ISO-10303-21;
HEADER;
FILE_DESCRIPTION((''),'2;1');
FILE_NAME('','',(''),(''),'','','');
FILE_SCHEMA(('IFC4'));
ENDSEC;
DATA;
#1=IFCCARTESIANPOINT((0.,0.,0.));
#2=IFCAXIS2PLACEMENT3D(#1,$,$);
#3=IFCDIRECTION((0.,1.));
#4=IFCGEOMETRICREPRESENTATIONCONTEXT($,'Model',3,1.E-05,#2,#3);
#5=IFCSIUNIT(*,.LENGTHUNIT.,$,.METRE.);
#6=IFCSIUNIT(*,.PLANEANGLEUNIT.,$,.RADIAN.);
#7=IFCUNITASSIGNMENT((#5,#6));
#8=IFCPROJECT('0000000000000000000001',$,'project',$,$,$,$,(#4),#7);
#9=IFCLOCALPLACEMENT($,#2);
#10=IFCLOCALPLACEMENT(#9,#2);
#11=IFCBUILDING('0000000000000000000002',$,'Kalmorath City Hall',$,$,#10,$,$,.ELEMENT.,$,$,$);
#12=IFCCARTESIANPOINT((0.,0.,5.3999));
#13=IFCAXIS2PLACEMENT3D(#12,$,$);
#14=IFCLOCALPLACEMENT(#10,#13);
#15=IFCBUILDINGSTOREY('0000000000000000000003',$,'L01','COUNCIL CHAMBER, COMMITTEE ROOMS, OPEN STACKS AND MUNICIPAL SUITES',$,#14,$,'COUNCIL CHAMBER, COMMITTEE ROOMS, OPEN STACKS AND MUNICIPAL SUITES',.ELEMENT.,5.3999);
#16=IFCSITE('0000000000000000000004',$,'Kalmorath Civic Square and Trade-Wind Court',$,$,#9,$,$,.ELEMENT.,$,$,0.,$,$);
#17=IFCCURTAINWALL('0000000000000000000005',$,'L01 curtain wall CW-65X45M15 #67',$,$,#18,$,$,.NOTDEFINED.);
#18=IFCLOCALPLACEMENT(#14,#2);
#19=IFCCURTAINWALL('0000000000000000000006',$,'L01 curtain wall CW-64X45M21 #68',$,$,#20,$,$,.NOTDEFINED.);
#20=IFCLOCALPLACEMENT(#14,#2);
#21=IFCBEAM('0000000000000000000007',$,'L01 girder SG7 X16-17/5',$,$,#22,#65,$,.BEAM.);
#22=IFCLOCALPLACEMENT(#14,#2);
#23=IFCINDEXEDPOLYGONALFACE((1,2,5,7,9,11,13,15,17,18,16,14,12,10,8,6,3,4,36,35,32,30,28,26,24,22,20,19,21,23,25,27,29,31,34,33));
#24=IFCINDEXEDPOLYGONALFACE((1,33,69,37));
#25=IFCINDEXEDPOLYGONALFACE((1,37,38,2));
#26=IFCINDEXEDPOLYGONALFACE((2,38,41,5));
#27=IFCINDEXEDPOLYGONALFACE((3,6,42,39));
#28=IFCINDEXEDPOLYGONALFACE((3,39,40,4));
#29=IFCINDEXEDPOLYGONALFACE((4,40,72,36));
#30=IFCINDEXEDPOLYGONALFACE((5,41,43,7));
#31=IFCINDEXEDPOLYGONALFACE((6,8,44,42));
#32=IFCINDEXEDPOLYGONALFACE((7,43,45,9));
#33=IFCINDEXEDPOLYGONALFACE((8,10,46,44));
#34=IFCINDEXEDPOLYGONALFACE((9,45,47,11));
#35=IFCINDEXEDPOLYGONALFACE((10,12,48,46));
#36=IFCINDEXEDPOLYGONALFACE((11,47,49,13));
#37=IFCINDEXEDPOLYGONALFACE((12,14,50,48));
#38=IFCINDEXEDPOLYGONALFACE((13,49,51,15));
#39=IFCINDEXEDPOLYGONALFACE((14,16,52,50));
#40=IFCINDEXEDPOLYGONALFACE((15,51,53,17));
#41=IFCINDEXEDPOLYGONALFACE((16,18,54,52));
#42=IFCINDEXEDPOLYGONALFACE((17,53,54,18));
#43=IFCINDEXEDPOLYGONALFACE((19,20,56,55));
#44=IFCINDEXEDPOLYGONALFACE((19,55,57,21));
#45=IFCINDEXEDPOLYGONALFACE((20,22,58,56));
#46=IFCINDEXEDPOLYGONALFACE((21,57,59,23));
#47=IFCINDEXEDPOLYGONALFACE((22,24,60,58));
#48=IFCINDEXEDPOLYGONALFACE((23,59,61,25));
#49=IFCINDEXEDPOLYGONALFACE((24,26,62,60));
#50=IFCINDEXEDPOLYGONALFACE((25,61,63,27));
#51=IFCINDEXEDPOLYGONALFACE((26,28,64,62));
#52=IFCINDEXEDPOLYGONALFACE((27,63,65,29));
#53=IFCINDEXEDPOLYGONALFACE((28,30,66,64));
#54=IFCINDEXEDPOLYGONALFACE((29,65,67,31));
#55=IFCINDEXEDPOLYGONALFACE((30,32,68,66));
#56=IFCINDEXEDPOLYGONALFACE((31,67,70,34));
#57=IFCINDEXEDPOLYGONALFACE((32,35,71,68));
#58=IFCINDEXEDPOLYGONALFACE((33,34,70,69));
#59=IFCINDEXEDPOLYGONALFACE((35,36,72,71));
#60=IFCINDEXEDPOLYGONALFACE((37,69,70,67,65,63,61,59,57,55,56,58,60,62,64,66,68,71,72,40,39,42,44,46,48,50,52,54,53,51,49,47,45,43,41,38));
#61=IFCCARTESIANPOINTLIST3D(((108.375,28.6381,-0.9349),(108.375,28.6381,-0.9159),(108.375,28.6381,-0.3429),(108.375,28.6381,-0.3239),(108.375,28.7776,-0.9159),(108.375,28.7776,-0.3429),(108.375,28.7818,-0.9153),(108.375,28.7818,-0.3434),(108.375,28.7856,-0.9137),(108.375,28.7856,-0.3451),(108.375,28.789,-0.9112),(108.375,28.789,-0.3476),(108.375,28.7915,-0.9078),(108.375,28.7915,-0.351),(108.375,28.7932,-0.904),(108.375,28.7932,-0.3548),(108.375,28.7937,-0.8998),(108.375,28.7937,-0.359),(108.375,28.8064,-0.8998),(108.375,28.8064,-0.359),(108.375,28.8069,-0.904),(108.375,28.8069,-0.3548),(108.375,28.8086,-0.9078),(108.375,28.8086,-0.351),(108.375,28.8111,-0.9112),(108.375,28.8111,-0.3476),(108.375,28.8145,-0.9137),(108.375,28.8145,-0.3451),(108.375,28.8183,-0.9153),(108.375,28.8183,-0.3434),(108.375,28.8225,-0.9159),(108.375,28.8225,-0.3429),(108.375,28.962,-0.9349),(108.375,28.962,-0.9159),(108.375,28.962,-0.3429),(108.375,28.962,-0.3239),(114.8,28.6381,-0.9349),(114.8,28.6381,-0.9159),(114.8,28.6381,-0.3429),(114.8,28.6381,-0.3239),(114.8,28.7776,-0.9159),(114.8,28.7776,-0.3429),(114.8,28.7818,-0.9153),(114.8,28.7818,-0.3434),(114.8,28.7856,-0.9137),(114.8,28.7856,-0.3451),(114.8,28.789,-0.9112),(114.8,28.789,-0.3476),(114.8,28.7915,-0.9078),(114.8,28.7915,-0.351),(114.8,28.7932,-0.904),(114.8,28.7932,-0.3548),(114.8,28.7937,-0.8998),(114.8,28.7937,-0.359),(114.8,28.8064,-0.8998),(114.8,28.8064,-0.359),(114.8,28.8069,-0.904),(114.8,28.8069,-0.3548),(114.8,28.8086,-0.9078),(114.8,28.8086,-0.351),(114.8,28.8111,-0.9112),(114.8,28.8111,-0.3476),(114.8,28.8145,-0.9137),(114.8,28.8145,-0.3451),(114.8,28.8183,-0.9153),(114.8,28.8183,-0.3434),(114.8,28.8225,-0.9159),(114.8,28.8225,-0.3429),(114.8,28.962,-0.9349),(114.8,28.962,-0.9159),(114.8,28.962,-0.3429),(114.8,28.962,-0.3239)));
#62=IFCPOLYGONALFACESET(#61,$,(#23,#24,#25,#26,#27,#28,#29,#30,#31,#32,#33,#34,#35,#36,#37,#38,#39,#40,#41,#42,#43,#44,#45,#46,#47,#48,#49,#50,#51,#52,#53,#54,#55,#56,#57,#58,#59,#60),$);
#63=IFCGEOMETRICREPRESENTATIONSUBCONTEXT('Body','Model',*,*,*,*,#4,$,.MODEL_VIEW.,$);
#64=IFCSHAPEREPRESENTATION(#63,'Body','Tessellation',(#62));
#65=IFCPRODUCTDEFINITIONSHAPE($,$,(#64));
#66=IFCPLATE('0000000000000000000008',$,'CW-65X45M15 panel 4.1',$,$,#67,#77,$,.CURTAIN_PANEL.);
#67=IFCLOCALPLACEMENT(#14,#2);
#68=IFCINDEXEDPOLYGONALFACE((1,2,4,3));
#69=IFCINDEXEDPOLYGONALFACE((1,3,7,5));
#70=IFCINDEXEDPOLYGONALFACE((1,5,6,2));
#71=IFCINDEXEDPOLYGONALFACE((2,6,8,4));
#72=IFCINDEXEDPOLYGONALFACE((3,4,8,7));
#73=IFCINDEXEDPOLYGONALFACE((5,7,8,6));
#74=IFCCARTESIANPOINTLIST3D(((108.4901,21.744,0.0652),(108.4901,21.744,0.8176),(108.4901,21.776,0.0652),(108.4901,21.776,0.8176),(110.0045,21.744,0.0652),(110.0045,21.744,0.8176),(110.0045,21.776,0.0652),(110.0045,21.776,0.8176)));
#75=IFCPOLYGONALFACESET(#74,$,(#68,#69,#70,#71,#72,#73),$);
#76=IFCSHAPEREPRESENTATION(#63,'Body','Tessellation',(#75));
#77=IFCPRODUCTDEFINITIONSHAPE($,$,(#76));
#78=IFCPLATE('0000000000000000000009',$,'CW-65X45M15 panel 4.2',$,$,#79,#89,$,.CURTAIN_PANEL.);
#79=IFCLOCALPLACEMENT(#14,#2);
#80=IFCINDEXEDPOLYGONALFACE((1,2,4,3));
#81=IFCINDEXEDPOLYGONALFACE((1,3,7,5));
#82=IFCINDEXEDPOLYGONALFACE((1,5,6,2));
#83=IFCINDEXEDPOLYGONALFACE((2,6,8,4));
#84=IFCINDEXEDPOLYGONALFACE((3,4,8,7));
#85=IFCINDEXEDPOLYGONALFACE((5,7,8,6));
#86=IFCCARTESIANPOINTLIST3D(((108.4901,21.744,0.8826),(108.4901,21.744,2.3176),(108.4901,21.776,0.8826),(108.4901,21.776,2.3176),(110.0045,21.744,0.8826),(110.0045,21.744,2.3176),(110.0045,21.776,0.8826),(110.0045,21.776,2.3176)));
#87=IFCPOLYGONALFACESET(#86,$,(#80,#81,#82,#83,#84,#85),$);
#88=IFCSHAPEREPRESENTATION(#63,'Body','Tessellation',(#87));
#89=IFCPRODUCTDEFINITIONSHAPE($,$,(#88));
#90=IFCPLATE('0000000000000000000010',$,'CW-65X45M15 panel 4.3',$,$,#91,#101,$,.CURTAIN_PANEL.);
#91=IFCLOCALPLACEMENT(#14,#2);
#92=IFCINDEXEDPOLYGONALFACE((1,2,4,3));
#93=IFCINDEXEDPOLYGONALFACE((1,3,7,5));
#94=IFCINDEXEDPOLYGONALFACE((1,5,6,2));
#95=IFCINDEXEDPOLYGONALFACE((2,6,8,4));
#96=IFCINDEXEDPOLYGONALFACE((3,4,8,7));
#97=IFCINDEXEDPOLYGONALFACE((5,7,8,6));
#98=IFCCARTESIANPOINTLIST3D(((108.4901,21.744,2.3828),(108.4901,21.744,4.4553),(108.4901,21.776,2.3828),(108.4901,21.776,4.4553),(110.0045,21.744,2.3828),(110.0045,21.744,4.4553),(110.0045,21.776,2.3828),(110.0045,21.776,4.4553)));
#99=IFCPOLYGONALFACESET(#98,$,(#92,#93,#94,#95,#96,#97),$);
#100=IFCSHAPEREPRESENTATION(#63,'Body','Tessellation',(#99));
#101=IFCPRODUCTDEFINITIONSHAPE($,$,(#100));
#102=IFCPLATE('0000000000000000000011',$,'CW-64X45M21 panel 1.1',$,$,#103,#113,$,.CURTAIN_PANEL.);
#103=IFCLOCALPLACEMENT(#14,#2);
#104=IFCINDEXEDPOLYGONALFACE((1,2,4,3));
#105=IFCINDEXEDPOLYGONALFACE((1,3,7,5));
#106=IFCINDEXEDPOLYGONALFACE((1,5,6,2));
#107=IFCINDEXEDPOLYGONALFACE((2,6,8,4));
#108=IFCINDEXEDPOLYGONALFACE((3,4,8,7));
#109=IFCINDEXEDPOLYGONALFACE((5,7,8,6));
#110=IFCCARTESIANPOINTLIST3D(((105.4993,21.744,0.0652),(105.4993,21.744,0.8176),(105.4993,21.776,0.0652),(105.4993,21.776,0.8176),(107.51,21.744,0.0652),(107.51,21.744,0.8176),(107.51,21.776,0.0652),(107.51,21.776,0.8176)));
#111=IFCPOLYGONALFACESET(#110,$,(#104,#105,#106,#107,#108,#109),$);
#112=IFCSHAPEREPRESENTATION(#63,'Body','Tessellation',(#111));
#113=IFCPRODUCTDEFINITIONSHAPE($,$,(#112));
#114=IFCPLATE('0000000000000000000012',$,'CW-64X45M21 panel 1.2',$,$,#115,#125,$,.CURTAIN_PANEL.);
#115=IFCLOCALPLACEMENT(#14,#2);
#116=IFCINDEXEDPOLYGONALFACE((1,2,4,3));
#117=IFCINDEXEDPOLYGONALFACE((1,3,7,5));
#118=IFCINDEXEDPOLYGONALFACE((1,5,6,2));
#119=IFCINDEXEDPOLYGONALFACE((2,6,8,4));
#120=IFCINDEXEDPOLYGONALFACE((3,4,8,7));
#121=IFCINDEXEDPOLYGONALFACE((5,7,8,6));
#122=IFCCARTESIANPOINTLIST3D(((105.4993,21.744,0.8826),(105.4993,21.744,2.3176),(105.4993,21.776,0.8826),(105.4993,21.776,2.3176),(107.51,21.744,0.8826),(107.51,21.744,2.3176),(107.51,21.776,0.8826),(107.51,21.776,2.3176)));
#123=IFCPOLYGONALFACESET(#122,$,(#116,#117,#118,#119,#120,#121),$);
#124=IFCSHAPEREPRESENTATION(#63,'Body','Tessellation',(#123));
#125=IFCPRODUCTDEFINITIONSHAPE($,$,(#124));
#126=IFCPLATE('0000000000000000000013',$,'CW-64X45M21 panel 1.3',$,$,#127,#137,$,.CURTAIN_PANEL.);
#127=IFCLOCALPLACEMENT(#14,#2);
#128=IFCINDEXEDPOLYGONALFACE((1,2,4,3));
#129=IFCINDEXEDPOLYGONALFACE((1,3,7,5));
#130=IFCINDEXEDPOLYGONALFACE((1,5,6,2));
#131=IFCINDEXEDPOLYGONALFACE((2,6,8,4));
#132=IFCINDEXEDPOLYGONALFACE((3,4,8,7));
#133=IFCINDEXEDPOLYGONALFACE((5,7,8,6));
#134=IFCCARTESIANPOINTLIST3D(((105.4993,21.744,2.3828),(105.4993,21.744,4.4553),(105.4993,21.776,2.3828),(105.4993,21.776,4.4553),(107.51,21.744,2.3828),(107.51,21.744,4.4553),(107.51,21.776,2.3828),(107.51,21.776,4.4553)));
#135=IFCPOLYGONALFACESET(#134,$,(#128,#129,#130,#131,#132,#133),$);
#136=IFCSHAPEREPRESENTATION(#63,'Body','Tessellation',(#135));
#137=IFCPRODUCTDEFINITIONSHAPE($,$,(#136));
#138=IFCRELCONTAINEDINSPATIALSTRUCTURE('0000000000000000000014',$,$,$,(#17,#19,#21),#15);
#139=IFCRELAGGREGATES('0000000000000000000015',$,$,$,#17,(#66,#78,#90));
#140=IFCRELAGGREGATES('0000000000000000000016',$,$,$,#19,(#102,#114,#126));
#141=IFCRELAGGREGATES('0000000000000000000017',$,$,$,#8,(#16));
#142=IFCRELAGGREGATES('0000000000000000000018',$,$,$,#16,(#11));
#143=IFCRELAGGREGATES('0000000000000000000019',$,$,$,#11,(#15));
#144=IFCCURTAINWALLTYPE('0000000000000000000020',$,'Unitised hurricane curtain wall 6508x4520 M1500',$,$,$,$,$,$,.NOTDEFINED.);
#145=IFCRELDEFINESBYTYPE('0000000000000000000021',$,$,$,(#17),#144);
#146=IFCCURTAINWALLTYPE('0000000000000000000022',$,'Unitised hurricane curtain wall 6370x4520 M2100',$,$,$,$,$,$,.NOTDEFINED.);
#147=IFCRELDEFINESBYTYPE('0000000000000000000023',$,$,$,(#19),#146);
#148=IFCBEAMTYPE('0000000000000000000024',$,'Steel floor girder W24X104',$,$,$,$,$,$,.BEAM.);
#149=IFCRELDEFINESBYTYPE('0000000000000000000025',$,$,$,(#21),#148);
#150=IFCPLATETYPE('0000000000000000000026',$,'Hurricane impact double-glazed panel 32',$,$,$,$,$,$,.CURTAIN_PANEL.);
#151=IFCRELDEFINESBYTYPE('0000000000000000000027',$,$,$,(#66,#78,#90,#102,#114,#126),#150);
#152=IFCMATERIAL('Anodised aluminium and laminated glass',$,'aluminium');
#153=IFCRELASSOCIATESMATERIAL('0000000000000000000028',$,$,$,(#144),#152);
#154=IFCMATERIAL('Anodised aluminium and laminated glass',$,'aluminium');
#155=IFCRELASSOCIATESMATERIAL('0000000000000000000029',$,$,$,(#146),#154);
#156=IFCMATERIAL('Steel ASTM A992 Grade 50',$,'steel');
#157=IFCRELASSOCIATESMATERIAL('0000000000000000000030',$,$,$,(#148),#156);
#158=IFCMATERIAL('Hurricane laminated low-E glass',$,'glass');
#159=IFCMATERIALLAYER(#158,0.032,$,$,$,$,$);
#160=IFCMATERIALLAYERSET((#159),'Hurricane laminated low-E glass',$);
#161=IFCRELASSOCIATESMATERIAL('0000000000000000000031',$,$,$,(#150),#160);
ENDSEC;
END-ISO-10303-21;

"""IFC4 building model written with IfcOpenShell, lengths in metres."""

from ifc_helpers import new_model, si_unit, direction, frame, origin, origin_2d, place, context, subcontext, project, spatial, rectangle, i_section, extrude, material, layer, layer_set, material_profile, profile_set, type_object, element, aggregate, save


model = new_model("IFC4")

# Units and contexts
model_context = context("Model", 3, precision=1e-05, world=origin(), true_north=direction((0.0, 1.0)))
body_context = subcontext(model_context, "Body", "Model", "MODEL_VIEW")
ifc_project = project(units=[si_unit("LENGTHUNIT", "METRE"), si_unit("PLANEANGLEUNIT", "RADIAN")], contexts=[model_context])

# Site, building, storey
site_placement = place(None, origin())
site = spatial("IfcSite", under=ifc_project, at=site_placement, Name="Kalmorath Civic Square and Trade-Wind Court", CompositionType="ELEMENT", RefElevation=0.0)
building_placement = place(site_placement, origin())
building = spatial("IfcBuilding", under=site, at=building_placement, Name="Kalmorath City Hall", CompositionType="ELEMENT")
storey_placement = place(building_placement, frame((0.0, 0.0, 5.3999)))
storey = spatial("IfcBuildingStorey", under=building, at=storey_placement, Name="L01", Description="COUNCIL CHAMBER, COMMITTEE ROOMS, OPEN STACKS AND MUNICIPAL SUITES", LongName="COUNCIL CHAMBER, COMMITTEE ROOMS, OPEN STACKS AND MUNICIPAL SUITES", CompositionType="ELEMENT", Elevation=5.3999)

# Curtain wall
ifc_material_1 = material(Name="Anodised aluminium and laminated glass", Category="aluminium")
curtain_wall_type_1 = type_object("IfcCurtainWallType", Name="Unitised hurricane curtain wall 6508x4520 M1500", PredefinedType="NOTDEFINED", material=ifc_material_1)
curtain_wall_1_placement = place(storey_placement, origin())
curtain_wall_1 = element("IfcCurtainWall", 1, at=curtain_wall_1_placement, inside=storey, type_object=curtain_wall_type_1, Name="L01 curtain wall CW-65X45M15 #67", PredefinedType="NOTDEFINED")

# Curtain wall
ifc_material_2 = material(Name="Anodised aluminium and laminated glass", Category="aluminium")
curtain_wall_type_2 = type_object("IfcCurtainWallType", Name="Unitised hurricane curtain wall 6370x4520 M2100", PredefinedType="NOTDEFINED", material=ifc_material_2)
curtain_wall_2_placement = place(storey_placement, origin())
curtain_wall_2 = element("IfcCurtainWall", 2, at=curtain_wall_2_placement, inside=storey, type_object=curtain_wall_type_2, Name="L01 curtain wall CW-64X45M21 #68", PredefinedType="NOTDEFINED")

# Beam
ifc_material_3 = material(Name="Steel ASTM A992 Grade 50", Category="steel")
ifc_material_profile_1 = material_profile(ifc_material_3, i_section(OverallWidth=0.324, OverallDepth=0.6111, WebThickness=0.0127, FlangeThickness=0.019, FilletRadius=0.0161, at=origin_2d()), Name="W24X104")
ifc_profile_set_1 = profile_set([ifc_material_profile_1], Name="Steel ASTM A992 Grade 50")
beam_type_1 = type_object("IfcBeamType", Name="Steel floor girder W24X104", PredefinedType="BEAM", material=ifc_profile_set_1)
beam_1_placement = place(storey_placement, frame((108.375, 28.8, -0.6294), z_axis=(1.0, 0.0, 0.0), x_axis=(0.0, 1.0, 0.0)))
element("IfcBeam", 3, at=beam_1_placement, inside=storey, type_object=beam_type_1, Name="L01 girder SG7 X16-17/5", PredefinedType="BEAM", context=body_context, shape_type="SweptSolid", body=[
    extrude(i_section(OverallWidth=0.324, OverallDepth=0.6111, WebThickness=0.0127, FlangeThickness=0.019, FilletRadius=0.0161, at=origin_2d()), origin(), (0.0, 0.0, 1.0), 6.425),
])

# Plates
ifc_material_4 = material(Name="Hurricane laminated low-E glass", Category="glass")
ifc_layer = layer(ifc_material_4, 0.032)
ifc_layer_set = layer_set([ifc_layer], Name="Hurricane laminated low-E glass")
plate_type = type_object("IfcPlateType", Name="Hurricane impact double-glazed panel 32", PredefinedType="CURTAIN_PANEL", material=ifc_layer_set)
plate_1_placement = place(storey_placement, frame((109.2473, 21.76, 0.0652), z_axis=(0.0, 0.0, 1.0), x_axis=(-1.0, 0.0, 0.0)))
plate_1 = element("IfcPlate", 4, at=plate_1_placement, type_object=plate_type, Name="CW-65X45M15 panel 4.1", PredefinedType="CURTAIN_PANEL", context=body_context, shape_type="SweptSolid", body=[
    extrude(rectangle(XDim=1.5144, YDim=0.032, at=origin_2d()), origin(), (0.0, 0.0, 1.0), 0.7524),
])
plate_2_placement = place(storey_placement, frame((109.2473, 21.76, 0.8826), z_axis=(0.0, 0.0, 1.0), x_axis=(-1.0, 0.0, 0.0)))
plate_2 = element("IfcPlate", 5, at=plate_2_placement, type_object=plate_type, Name="CW-65X45M15 panel 4.2", PredefinedType="CURTAIN_PANEL", context=body_context, shape_type="SweptSolid", body=[
    extrude(rectangle(XDim=1.5144, YDim=0.032, at=origin_2d()), origin(), (0.0, 0.0, 1.0), 1.4351),
])
plate_3_placement = place(storey_placement, frame((109.2473, 21.76, 2.3828), z_axis=(0.0, 0.0, 1.0), x_axis=(-1.0, 0.0, 0.0)))
plate_3 = element("IfcPlate", 6, at=plate_3_placement, type_object=plate_type, Name="CW-65X45M15 panel 4.3", PredefinedType="CURTAIN_PANEL", context=body_context, shape_type="SweptSolid", body=[
    extrude(rectangle(XDim=1.5144, YDim=0.032, at=origin_2d()), origin(), (0.0, 0.0, 1.0), 2.0725),
])
aggregate(curtain_wall_1, [plate_1, plate_2, plate_3])
plate_4_placement = place(storey_placement, frame((106.5046, 21.76, 0.0652), z_axis=(0.0, 0.0, 1.0), x_axis=(-1.0, 0.0, 0.0)))
plate_4 = element("IfcPlate", 7, at=plate_4_placement, type_object=plate_type, Name="CW-64X45M21 panel 1.1", PredefinedType="CURTAIN_PANEL", context=body_context, shape_type="SweptSolid", body=[
    extrude(rectangle(XDim=2.0107, YDim=0.032, at=origin_2d()), origin(), (0.0, 0.0, 1.0), 0.7524),
])
plate_5_placement = place(storey_placement, frame((106.5046, 21.76, 0.8826), z_axis=(0.0, 0.0, 1.0), x_axis=(-1.0, 0.0, 0.0)))
plate_5 = element("IfcPlate", 8, at=plate_5_placement, type_object=plate_type, Name="CW-64X45M21 panel 1.2", PredefinedType="CURTAIN_PANEL", context=body_context, shape_type="SweptSolid", body=[
    extrude(rectangle(XDim=2.0107, YDim=0.032, at=origin_2d()), origin(), (0.0, 0.0, 1.0), 1.4351),
])
plate_6_placement = place(storey_placement, frame((106.5046, 21.76, 2.3828), z_axis=(0.0, 0.0, 1.0), x_axis=(-1.0, 0.0, 0.0)))
plate_6 = element("IfcPlate", 9, at=plate_6_placement, type_object=plate_type, Name="CW-64X45M21 panel 1.3", PredefinedType="CURTAIN_PANEL", context=body_context, shape_type="SweptSolid", body=[
    extrude(rectangle(XDim=2.0107, YDim=0.032, at=origin_2d()), origin(), (0.0, 0.0, 1.0), 2.0725),
])
aggregate(curtain_wall_2, [plate_4, plate_5, plate_6])

save(model, "model.ifc")
